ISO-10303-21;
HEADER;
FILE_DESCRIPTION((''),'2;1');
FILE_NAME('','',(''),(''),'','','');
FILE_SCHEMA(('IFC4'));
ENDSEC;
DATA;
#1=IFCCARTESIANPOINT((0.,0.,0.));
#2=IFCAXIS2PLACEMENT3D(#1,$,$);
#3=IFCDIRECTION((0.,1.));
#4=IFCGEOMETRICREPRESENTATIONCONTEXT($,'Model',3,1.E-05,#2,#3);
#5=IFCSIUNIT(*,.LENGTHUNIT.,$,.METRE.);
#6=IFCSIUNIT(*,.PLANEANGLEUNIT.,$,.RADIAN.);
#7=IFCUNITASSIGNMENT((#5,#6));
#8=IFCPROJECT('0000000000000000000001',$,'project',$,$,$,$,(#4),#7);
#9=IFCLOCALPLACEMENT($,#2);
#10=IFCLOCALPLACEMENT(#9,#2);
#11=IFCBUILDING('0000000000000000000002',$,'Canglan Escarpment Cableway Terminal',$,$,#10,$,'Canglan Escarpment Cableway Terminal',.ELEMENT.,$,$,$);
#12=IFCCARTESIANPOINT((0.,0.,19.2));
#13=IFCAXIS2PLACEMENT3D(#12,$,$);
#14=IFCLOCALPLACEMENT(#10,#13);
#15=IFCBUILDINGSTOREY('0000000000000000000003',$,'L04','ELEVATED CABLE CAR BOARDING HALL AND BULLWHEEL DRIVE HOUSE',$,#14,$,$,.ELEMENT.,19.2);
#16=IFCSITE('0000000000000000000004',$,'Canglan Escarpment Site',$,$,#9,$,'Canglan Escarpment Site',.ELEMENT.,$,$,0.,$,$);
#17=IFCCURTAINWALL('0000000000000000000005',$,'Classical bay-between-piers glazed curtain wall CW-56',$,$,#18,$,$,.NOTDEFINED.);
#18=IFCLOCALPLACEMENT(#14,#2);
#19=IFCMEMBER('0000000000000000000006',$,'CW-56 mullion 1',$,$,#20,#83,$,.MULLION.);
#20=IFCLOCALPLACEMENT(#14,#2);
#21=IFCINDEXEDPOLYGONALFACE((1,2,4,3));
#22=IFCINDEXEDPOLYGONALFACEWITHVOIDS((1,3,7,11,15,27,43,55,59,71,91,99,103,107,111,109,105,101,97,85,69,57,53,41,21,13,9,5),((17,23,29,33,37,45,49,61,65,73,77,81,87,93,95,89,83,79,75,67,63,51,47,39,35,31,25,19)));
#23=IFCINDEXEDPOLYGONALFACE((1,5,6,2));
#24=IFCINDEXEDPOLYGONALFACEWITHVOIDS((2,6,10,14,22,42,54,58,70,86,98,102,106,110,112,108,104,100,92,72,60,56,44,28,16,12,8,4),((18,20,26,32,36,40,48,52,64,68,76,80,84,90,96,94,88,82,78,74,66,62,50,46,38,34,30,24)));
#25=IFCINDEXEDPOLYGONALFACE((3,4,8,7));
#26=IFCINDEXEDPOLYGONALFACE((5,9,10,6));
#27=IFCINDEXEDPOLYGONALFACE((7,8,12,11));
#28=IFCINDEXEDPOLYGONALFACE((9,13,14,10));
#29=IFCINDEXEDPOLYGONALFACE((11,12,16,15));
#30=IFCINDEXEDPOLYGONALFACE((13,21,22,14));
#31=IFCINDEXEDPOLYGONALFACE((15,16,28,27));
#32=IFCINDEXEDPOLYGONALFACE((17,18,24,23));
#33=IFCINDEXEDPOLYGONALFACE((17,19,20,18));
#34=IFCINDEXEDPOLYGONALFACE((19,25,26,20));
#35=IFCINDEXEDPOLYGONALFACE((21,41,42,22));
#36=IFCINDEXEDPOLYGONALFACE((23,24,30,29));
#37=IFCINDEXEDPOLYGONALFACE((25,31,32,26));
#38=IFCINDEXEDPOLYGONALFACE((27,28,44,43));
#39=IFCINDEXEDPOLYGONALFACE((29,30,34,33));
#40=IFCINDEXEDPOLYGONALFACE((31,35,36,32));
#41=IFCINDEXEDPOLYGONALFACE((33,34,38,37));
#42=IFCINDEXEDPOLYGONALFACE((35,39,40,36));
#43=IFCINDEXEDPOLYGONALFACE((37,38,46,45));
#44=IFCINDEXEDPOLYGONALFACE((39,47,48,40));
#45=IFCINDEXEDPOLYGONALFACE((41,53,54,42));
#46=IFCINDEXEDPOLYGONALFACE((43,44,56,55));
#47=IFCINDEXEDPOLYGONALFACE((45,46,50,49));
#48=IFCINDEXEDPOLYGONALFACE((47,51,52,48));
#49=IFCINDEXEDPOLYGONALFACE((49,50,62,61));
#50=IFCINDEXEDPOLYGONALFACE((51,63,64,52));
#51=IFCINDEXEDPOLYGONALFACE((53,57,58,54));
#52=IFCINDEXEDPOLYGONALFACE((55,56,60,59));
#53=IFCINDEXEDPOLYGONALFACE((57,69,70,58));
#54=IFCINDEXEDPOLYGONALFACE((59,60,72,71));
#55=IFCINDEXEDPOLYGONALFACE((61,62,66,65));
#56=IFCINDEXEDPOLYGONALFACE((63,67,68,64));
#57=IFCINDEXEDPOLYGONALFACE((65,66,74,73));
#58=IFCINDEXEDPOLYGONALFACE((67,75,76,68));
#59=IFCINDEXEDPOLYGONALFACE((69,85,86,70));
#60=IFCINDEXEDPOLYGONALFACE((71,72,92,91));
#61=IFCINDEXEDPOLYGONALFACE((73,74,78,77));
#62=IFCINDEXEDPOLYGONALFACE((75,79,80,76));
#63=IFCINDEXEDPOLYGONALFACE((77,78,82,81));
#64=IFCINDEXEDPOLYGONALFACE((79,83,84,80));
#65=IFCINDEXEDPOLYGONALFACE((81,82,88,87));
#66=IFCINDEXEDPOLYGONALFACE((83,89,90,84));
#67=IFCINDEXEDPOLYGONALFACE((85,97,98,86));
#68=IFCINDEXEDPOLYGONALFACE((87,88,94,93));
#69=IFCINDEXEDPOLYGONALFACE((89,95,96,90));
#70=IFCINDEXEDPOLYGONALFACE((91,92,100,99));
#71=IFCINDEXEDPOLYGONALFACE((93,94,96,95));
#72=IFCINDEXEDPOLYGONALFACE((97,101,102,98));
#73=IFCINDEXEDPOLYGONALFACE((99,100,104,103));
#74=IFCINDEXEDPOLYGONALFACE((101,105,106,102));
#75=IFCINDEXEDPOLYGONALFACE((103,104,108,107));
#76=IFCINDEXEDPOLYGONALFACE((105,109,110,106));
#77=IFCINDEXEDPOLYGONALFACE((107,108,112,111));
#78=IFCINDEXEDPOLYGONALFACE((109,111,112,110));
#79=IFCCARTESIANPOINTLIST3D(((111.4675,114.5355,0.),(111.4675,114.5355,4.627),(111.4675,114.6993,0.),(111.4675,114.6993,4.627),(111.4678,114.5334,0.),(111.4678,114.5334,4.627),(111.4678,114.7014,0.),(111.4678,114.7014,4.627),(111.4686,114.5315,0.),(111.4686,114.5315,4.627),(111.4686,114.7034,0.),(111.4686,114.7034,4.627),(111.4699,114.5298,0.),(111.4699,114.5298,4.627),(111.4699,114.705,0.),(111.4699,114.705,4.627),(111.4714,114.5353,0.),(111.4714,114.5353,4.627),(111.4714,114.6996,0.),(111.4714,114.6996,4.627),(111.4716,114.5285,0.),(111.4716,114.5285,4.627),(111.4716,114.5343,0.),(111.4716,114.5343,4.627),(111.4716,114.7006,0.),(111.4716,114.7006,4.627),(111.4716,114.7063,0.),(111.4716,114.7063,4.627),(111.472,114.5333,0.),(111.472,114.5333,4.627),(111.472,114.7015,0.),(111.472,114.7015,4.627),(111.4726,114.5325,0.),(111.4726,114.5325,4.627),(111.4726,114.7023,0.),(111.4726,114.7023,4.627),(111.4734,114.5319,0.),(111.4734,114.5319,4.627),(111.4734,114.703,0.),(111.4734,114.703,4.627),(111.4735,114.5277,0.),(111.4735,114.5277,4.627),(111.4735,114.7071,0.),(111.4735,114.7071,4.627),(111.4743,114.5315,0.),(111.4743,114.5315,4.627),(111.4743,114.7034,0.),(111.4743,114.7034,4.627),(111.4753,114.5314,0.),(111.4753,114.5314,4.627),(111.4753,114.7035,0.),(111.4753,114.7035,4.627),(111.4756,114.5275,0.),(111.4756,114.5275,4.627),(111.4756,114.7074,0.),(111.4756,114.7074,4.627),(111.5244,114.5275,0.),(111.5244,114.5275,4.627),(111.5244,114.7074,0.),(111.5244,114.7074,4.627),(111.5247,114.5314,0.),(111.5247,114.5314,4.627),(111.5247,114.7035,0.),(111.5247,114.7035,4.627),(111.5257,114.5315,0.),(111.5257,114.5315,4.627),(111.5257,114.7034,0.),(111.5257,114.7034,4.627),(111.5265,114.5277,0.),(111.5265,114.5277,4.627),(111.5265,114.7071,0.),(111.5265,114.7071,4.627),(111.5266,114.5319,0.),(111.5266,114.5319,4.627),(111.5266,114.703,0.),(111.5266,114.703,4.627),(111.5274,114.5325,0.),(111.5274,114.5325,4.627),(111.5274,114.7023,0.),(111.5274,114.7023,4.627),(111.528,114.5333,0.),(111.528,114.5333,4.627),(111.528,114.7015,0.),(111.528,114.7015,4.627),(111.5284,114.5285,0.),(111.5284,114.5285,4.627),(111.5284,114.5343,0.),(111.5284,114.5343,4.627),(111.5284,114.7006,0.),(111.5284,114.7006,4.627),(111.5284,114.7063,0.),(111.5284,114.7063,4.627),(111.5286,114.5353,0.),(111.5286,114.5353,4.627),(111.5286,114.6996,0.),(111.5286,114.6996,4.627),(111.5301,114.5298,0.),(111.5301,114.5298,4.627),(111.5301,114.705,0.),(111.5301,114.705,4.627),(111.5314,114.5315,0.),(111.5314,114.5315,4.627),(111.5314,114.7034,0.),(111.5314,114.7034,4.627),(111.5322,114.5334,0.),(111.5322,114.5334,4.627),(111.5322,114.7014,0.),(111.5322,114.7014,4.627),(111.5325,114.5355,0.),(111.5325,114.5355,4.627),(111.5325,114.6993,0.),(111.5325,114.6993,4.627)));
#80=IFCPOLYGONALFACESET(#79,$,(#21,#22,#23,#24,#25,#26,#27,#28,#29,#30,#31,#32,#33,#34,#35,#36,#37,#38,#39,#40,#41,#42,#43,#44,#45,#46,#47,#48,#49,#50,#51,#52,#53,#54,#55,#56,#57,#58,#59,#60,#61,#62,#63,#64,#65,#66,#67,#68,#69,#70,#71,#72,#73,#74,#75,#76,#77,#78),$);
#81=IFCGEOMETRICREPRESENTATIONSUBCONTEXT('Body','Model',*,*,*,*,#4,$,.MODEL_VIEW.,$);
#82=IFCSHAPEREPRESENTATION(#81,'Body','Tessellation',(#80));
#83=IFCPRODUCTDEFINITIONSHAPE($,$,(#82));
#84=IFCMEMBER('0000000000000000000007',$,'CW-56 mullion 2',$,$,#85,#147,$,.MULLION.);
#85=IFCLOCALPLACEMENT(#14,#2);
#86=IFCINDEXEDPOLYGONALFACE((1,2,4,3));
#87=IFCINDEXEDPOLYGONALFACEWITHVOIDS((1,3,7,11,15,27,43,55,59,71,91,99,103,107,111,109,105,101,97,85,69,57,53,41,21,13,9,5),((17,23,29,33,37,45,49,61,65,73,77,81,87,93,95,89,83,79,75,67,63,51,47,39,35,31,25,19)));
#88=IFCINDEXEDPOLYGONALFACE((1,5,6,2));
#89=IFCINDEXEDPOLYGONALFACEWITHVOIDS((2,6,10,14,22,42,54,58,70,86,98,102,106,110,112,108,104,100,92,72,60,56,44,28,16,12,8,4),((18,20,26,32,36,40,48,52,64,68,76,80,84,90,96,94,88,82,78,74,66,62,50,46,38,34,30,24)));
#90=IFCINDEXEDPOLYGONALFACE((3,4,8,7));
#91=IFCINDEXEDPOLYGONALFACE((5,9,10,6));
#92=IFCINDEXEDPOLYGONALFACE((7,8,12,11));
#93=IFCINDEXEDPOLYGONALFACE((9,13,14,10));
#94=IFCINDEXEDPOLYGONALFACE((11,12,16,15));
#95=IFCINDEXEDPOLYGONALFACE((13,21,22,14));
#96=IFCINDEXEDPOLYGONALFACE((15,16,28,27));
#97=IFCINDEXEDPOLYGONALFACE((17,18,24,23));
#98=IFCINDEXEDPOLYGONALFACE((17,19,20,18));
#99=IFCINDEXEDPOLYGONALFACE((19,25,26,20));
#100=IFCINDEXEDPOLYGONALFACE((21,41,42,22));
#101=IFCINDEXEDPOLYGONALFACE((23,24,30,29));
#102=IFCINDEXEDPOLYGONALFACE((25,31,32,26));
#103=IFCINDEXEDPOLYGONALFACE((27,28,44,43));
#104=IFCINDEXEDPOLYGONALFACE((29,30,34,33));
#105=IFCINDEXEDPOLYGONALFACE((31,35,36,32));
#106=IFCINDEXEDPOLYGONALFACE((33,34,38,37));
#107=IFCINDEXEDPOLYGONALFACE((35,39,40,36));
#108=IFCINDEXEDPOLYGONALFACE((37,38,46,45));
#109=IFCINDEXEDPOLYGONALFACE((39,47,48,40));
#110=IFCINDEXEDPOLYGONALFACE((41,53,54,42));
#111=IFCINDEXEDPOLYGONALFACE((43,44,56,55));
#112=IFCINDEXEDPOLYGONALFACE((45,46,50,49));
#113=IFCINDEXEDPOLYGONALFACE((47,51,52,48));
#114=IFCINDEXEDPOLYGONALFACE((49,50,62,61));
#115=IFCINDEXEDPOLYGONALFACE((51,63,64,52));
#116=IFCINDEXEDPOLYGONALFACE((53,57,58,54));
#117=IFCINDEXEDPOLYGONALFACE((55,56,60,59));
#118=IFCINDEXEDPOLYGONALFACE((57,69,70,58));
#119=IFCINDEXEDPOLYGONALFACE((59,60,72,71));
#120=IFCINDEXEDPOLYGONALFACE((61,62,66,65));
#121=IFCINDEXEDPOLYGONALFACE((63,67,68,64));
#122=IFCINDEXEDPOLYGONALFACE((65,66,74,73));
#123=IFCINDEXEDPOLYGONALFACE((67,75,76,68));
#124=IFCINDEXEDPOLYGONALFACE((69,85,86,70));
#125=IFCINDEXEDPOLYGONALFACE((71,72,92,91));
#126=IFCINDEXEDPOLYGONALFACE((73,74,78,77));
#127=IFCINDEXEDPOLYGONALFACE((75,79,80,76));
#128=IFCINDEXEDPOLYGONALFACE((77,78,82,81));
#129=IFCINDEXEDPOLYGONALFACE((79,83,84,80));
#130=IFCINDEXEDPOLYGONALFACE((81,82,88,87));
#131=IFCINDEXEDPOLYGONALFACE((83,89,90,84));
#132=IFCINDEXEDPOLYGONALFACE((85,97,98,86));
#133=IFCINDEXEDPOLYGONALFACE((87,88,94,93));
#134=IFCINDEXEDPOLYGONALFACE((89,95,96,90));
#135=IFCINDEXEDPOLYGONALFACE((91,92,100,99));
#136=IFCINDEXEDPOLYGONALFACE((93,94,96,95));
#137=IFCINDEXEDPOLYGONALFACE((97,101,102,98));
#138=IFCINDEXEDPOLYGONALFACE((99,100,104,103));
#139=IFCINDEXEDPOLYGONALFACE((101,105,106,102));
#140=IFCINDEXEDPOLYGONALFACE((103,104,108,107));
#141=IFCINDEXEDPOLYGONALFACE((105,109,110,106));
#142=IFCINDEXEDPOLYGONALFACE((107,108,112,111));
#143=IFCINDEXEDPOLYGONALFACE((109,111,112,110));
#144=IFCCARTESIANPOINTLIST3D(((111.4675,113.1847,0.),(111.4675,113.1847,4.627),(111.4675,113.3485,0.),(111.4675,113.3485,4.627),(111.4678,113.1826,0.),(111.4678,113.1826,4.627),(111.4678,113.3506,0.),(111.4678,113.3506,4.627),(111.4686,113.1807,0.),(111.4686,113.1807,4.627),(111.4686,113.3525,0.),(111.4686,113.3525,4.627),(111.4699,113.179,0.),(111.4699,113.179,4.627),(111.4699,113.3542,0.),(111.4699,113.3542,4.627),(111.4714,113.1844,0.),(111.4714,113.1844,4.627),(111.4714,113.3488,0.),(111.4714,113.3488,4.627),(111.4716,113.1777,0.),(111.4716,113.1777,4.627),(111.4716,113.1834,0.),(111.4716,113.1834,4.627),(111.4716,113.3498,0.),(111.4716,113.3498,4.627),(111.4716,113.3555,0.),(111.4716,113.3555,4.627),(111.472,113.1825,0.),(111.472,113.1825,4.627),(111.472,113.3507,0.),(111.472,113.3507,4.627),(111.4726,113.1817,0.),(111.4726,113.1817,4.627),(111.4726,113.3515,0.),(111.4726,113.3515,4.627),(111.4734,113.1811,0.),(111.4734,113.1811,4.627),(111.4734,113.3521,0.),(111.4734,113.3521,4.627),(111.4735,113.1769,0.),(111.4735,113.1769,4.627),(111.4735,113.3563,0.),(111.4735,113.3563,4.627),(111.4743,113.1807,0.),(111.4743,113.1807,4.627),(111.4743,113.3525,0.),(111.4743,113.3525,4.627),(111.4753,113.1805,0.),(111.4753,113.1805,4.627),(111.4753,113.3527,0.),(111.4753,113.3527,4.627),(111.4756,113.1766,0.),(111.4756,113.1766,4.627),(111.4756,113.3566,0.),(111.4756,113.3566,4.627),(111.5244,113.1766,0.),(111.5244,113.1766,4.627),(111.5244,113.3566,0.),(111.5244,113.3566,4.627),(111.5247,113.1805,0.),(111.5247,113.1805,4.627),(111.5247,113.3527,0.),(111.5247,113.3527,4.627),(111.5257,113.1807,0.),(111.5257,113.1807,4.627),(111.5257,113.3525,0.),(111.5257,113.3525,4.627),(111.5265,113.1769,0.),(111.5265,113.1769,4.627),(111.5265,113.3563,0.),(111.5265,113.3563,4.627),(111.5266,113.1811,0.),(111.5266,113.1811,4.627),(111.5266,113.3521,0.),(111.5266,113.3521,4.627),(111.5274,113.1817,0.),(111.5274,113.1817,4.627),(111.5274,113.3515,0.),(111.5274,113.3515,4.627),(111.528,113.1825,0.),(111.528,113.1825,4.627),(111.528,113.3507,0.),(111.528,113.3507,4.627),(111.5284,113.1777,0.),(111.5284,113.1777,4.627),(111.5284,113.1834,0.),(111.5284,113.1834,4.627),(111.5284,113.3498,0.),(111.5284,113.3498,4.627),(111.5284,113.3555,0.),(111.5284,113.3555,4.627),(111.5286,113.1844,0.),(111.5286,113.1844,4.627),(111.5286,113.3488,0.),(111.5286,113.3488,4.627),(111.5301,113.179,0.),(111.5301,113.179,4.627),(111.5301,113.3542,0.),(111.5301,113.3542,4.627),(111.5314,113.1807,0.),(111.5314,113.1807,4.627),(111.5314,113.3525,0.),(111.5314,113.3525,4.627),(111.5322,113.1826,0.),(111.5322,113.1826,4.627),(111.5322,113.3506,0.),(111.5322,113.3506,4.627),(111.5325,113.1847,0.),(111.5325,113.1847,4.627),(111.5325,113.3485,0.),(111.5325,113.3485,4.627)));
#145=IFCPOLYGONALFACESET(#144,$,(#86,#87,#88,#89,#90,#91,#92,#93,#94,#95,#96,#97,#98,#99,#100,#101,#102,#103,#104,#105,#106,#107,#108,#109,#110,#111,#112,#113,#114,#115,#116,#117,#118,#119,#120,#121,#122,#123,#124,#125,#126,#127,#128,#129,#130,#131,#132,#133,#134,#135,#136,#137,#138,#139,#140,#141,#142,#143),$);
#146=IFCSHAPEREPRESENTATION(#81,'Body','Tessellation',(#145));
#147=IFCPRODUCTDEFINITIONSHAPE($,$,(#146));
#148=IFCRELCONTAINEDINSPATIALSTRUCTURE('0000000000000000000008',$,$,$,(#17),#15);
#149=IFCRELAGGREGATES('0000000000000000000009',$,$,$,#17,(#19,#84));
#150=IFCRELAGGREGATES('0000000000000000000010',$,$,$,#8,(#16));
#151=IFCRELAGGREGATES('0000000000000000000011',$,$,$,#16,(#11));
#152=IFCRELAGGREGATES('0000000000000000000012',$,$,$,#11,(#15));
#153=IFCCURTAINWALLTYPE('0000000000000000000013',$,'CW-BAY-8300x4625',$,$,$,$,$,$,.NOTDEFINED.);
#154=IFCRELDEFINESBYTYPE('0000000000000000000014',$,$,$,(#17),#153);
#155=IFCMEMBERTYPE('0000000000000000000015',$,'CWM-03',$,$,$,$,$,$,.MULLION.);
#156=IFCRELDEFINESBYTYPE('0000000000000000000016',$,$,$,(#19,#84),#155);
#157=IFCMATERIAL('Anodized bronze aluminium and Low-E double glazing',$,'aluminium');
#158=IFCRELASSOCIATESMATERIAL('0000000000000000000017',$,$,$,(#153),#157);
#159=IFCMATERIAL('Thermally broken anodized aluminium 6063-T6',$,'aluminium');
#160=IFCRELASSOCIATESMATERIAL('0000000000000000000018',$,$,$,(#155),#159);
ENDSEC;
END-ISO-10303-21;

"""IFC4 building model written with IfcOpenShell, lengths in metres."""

from ifc_helpers import new_model, si_unit, direction, frame, origin, origin_2d, place, context, subcontext, project, spatial, hollow_rectangle, extrude, material, material_profile, profile_set, type_object, element, aggregate, save


model = new_model("IFC4")

# Units and contexts
model_context = context("Model", 3, precision=1e-05, world=origin(), true_north=direction((0.0, 1.0)))
body_context = subcontext(model_context, "Body", "Model", "MODEL_VIEW")
ifc_project = project(units=[si_unit("LENGTHUNIT", "METRE"), si_unit("PLANEANGLEUNIT", "RADIAN")], contexts=[model_context])

# Site, building, storey
site_placement = place(None, origin())
site = spatial("IfcSite", under=ifc_project, at=site_placement, Name="Canglan Escarpment Site", LongName="Canglan Escarpment Site", CompositionType="ELEMENT", RefElevation=0.0)
building_placement = place(site_placement, origin())
building = spatial("IfcBuilding", under=site, at=building_placement, Name="Canglan Escarpment Cableway Terminal", LongName="Canglan Escarpment Cableway Terminal", CompositionType="ELEMENT")
storey_placement = place(building_placement, frame((0.0, 0.0, 19.2)))
storey = spatial("IfcBuildingStorey", under=building, at=storey_placement, Name="L04", Description="ELEVATED CABLE CAR BOARDING HALL AND BULLWHEEL DRIVE HOUSE", CompositionType="ELEMENT", Elevation=19.2)

# Curtain wall, members
ifc_material_1 = material(Name="Anodized bronze aluminium and Low-E double glazing", Category="aluminium")
ifc_material_2 = material(Name="Thermally broken anodized aluminium 6063-T6", Category="aluminium")
curtain_wall_type_1 = type_object("IfcCurtainWallType", Name="CW-BAY-8300x4625", PredefinedType="NOTDEFINED", material=ifc_material_1)
curtain_wall_1_placement = place(storey_placement, origin())
curtain_wall_1 = element("IfcCurtainWall", 1, at=curtain_wall_1_placement, inside=storey, type_object=curtain_wall_type_1, Name="Classical bay-between-piers glazed curtain wall CW-56", PredefinedType="NOTDEFINED")
ifc_material_profile_1 = material_profile(ifc_material_2, hollow_rectangle(XDim=0.0649, YDim=0.1799, WallThickness=0.0039, InnerFilletRadius=0.0039, OuterFilletRadius=0.0081, at=origin_2d()), Name="ALU-MULL 65x180x4")
ifc_profile_set_1 = profile_set([ifc_material_profile_1], Name="Thermally broken anodized aluminium 6063-T6")
member_type_1 = type_object("IfcMemberType", Name="CWM-03", PredefinedType="MULLION", material=ifc_profile_set_1)
member_1_placement = place(storey_placement, frame((111.5, 114.6174, 0.0), z_axis=(0.0, 0.0, 1.0), x_axis=(1.0, 0.0, 0.0)))
member_1 = element("IfcMember", 2, at=member_1_placement, type_object=member_type_1, Name="CW-56 mullion 1", PredefinedType="MULLION", context=body_context, shape_type="SweptSolid", body=[
    extrude(hollow_rectangle(XDim=0.0649, YDim=0.1799, WallThickness=0.0039, InnerFilletRadius=0.0039, OuterFilletRadius=0.0081, at=origin_2d()), origin(), (0.0, 0.0, 1.0), 4.627),
])
member_2_placement = place(storey_placement, frame((111.5, 113.2666, 0.0), z_axis=(0.0, 0.0, 1.0), x_axis=(1.0, 0.0, 0.0)))
member_2 = element("IfcMember", 3, at=member_2_placement, type_object=member_type_1, Name="CW-56 mullion 2", PredefinedType="MULLION", context=body_context, shape_type="SweptSolid", body=[
    extrude(hollow_rectangle(XDim=0.0649, YDim=0.1799, WallThickness=0.0039, InnerFilletRadius=0.0039, OuterFilletRadius=0.0081, at=origin_2d()), origin(), (0.0, 0.0, 1.0), 4.627),
])

aggregate(curtain_wall_1, [member_1, member_2])

save(model, "model.ifc")
